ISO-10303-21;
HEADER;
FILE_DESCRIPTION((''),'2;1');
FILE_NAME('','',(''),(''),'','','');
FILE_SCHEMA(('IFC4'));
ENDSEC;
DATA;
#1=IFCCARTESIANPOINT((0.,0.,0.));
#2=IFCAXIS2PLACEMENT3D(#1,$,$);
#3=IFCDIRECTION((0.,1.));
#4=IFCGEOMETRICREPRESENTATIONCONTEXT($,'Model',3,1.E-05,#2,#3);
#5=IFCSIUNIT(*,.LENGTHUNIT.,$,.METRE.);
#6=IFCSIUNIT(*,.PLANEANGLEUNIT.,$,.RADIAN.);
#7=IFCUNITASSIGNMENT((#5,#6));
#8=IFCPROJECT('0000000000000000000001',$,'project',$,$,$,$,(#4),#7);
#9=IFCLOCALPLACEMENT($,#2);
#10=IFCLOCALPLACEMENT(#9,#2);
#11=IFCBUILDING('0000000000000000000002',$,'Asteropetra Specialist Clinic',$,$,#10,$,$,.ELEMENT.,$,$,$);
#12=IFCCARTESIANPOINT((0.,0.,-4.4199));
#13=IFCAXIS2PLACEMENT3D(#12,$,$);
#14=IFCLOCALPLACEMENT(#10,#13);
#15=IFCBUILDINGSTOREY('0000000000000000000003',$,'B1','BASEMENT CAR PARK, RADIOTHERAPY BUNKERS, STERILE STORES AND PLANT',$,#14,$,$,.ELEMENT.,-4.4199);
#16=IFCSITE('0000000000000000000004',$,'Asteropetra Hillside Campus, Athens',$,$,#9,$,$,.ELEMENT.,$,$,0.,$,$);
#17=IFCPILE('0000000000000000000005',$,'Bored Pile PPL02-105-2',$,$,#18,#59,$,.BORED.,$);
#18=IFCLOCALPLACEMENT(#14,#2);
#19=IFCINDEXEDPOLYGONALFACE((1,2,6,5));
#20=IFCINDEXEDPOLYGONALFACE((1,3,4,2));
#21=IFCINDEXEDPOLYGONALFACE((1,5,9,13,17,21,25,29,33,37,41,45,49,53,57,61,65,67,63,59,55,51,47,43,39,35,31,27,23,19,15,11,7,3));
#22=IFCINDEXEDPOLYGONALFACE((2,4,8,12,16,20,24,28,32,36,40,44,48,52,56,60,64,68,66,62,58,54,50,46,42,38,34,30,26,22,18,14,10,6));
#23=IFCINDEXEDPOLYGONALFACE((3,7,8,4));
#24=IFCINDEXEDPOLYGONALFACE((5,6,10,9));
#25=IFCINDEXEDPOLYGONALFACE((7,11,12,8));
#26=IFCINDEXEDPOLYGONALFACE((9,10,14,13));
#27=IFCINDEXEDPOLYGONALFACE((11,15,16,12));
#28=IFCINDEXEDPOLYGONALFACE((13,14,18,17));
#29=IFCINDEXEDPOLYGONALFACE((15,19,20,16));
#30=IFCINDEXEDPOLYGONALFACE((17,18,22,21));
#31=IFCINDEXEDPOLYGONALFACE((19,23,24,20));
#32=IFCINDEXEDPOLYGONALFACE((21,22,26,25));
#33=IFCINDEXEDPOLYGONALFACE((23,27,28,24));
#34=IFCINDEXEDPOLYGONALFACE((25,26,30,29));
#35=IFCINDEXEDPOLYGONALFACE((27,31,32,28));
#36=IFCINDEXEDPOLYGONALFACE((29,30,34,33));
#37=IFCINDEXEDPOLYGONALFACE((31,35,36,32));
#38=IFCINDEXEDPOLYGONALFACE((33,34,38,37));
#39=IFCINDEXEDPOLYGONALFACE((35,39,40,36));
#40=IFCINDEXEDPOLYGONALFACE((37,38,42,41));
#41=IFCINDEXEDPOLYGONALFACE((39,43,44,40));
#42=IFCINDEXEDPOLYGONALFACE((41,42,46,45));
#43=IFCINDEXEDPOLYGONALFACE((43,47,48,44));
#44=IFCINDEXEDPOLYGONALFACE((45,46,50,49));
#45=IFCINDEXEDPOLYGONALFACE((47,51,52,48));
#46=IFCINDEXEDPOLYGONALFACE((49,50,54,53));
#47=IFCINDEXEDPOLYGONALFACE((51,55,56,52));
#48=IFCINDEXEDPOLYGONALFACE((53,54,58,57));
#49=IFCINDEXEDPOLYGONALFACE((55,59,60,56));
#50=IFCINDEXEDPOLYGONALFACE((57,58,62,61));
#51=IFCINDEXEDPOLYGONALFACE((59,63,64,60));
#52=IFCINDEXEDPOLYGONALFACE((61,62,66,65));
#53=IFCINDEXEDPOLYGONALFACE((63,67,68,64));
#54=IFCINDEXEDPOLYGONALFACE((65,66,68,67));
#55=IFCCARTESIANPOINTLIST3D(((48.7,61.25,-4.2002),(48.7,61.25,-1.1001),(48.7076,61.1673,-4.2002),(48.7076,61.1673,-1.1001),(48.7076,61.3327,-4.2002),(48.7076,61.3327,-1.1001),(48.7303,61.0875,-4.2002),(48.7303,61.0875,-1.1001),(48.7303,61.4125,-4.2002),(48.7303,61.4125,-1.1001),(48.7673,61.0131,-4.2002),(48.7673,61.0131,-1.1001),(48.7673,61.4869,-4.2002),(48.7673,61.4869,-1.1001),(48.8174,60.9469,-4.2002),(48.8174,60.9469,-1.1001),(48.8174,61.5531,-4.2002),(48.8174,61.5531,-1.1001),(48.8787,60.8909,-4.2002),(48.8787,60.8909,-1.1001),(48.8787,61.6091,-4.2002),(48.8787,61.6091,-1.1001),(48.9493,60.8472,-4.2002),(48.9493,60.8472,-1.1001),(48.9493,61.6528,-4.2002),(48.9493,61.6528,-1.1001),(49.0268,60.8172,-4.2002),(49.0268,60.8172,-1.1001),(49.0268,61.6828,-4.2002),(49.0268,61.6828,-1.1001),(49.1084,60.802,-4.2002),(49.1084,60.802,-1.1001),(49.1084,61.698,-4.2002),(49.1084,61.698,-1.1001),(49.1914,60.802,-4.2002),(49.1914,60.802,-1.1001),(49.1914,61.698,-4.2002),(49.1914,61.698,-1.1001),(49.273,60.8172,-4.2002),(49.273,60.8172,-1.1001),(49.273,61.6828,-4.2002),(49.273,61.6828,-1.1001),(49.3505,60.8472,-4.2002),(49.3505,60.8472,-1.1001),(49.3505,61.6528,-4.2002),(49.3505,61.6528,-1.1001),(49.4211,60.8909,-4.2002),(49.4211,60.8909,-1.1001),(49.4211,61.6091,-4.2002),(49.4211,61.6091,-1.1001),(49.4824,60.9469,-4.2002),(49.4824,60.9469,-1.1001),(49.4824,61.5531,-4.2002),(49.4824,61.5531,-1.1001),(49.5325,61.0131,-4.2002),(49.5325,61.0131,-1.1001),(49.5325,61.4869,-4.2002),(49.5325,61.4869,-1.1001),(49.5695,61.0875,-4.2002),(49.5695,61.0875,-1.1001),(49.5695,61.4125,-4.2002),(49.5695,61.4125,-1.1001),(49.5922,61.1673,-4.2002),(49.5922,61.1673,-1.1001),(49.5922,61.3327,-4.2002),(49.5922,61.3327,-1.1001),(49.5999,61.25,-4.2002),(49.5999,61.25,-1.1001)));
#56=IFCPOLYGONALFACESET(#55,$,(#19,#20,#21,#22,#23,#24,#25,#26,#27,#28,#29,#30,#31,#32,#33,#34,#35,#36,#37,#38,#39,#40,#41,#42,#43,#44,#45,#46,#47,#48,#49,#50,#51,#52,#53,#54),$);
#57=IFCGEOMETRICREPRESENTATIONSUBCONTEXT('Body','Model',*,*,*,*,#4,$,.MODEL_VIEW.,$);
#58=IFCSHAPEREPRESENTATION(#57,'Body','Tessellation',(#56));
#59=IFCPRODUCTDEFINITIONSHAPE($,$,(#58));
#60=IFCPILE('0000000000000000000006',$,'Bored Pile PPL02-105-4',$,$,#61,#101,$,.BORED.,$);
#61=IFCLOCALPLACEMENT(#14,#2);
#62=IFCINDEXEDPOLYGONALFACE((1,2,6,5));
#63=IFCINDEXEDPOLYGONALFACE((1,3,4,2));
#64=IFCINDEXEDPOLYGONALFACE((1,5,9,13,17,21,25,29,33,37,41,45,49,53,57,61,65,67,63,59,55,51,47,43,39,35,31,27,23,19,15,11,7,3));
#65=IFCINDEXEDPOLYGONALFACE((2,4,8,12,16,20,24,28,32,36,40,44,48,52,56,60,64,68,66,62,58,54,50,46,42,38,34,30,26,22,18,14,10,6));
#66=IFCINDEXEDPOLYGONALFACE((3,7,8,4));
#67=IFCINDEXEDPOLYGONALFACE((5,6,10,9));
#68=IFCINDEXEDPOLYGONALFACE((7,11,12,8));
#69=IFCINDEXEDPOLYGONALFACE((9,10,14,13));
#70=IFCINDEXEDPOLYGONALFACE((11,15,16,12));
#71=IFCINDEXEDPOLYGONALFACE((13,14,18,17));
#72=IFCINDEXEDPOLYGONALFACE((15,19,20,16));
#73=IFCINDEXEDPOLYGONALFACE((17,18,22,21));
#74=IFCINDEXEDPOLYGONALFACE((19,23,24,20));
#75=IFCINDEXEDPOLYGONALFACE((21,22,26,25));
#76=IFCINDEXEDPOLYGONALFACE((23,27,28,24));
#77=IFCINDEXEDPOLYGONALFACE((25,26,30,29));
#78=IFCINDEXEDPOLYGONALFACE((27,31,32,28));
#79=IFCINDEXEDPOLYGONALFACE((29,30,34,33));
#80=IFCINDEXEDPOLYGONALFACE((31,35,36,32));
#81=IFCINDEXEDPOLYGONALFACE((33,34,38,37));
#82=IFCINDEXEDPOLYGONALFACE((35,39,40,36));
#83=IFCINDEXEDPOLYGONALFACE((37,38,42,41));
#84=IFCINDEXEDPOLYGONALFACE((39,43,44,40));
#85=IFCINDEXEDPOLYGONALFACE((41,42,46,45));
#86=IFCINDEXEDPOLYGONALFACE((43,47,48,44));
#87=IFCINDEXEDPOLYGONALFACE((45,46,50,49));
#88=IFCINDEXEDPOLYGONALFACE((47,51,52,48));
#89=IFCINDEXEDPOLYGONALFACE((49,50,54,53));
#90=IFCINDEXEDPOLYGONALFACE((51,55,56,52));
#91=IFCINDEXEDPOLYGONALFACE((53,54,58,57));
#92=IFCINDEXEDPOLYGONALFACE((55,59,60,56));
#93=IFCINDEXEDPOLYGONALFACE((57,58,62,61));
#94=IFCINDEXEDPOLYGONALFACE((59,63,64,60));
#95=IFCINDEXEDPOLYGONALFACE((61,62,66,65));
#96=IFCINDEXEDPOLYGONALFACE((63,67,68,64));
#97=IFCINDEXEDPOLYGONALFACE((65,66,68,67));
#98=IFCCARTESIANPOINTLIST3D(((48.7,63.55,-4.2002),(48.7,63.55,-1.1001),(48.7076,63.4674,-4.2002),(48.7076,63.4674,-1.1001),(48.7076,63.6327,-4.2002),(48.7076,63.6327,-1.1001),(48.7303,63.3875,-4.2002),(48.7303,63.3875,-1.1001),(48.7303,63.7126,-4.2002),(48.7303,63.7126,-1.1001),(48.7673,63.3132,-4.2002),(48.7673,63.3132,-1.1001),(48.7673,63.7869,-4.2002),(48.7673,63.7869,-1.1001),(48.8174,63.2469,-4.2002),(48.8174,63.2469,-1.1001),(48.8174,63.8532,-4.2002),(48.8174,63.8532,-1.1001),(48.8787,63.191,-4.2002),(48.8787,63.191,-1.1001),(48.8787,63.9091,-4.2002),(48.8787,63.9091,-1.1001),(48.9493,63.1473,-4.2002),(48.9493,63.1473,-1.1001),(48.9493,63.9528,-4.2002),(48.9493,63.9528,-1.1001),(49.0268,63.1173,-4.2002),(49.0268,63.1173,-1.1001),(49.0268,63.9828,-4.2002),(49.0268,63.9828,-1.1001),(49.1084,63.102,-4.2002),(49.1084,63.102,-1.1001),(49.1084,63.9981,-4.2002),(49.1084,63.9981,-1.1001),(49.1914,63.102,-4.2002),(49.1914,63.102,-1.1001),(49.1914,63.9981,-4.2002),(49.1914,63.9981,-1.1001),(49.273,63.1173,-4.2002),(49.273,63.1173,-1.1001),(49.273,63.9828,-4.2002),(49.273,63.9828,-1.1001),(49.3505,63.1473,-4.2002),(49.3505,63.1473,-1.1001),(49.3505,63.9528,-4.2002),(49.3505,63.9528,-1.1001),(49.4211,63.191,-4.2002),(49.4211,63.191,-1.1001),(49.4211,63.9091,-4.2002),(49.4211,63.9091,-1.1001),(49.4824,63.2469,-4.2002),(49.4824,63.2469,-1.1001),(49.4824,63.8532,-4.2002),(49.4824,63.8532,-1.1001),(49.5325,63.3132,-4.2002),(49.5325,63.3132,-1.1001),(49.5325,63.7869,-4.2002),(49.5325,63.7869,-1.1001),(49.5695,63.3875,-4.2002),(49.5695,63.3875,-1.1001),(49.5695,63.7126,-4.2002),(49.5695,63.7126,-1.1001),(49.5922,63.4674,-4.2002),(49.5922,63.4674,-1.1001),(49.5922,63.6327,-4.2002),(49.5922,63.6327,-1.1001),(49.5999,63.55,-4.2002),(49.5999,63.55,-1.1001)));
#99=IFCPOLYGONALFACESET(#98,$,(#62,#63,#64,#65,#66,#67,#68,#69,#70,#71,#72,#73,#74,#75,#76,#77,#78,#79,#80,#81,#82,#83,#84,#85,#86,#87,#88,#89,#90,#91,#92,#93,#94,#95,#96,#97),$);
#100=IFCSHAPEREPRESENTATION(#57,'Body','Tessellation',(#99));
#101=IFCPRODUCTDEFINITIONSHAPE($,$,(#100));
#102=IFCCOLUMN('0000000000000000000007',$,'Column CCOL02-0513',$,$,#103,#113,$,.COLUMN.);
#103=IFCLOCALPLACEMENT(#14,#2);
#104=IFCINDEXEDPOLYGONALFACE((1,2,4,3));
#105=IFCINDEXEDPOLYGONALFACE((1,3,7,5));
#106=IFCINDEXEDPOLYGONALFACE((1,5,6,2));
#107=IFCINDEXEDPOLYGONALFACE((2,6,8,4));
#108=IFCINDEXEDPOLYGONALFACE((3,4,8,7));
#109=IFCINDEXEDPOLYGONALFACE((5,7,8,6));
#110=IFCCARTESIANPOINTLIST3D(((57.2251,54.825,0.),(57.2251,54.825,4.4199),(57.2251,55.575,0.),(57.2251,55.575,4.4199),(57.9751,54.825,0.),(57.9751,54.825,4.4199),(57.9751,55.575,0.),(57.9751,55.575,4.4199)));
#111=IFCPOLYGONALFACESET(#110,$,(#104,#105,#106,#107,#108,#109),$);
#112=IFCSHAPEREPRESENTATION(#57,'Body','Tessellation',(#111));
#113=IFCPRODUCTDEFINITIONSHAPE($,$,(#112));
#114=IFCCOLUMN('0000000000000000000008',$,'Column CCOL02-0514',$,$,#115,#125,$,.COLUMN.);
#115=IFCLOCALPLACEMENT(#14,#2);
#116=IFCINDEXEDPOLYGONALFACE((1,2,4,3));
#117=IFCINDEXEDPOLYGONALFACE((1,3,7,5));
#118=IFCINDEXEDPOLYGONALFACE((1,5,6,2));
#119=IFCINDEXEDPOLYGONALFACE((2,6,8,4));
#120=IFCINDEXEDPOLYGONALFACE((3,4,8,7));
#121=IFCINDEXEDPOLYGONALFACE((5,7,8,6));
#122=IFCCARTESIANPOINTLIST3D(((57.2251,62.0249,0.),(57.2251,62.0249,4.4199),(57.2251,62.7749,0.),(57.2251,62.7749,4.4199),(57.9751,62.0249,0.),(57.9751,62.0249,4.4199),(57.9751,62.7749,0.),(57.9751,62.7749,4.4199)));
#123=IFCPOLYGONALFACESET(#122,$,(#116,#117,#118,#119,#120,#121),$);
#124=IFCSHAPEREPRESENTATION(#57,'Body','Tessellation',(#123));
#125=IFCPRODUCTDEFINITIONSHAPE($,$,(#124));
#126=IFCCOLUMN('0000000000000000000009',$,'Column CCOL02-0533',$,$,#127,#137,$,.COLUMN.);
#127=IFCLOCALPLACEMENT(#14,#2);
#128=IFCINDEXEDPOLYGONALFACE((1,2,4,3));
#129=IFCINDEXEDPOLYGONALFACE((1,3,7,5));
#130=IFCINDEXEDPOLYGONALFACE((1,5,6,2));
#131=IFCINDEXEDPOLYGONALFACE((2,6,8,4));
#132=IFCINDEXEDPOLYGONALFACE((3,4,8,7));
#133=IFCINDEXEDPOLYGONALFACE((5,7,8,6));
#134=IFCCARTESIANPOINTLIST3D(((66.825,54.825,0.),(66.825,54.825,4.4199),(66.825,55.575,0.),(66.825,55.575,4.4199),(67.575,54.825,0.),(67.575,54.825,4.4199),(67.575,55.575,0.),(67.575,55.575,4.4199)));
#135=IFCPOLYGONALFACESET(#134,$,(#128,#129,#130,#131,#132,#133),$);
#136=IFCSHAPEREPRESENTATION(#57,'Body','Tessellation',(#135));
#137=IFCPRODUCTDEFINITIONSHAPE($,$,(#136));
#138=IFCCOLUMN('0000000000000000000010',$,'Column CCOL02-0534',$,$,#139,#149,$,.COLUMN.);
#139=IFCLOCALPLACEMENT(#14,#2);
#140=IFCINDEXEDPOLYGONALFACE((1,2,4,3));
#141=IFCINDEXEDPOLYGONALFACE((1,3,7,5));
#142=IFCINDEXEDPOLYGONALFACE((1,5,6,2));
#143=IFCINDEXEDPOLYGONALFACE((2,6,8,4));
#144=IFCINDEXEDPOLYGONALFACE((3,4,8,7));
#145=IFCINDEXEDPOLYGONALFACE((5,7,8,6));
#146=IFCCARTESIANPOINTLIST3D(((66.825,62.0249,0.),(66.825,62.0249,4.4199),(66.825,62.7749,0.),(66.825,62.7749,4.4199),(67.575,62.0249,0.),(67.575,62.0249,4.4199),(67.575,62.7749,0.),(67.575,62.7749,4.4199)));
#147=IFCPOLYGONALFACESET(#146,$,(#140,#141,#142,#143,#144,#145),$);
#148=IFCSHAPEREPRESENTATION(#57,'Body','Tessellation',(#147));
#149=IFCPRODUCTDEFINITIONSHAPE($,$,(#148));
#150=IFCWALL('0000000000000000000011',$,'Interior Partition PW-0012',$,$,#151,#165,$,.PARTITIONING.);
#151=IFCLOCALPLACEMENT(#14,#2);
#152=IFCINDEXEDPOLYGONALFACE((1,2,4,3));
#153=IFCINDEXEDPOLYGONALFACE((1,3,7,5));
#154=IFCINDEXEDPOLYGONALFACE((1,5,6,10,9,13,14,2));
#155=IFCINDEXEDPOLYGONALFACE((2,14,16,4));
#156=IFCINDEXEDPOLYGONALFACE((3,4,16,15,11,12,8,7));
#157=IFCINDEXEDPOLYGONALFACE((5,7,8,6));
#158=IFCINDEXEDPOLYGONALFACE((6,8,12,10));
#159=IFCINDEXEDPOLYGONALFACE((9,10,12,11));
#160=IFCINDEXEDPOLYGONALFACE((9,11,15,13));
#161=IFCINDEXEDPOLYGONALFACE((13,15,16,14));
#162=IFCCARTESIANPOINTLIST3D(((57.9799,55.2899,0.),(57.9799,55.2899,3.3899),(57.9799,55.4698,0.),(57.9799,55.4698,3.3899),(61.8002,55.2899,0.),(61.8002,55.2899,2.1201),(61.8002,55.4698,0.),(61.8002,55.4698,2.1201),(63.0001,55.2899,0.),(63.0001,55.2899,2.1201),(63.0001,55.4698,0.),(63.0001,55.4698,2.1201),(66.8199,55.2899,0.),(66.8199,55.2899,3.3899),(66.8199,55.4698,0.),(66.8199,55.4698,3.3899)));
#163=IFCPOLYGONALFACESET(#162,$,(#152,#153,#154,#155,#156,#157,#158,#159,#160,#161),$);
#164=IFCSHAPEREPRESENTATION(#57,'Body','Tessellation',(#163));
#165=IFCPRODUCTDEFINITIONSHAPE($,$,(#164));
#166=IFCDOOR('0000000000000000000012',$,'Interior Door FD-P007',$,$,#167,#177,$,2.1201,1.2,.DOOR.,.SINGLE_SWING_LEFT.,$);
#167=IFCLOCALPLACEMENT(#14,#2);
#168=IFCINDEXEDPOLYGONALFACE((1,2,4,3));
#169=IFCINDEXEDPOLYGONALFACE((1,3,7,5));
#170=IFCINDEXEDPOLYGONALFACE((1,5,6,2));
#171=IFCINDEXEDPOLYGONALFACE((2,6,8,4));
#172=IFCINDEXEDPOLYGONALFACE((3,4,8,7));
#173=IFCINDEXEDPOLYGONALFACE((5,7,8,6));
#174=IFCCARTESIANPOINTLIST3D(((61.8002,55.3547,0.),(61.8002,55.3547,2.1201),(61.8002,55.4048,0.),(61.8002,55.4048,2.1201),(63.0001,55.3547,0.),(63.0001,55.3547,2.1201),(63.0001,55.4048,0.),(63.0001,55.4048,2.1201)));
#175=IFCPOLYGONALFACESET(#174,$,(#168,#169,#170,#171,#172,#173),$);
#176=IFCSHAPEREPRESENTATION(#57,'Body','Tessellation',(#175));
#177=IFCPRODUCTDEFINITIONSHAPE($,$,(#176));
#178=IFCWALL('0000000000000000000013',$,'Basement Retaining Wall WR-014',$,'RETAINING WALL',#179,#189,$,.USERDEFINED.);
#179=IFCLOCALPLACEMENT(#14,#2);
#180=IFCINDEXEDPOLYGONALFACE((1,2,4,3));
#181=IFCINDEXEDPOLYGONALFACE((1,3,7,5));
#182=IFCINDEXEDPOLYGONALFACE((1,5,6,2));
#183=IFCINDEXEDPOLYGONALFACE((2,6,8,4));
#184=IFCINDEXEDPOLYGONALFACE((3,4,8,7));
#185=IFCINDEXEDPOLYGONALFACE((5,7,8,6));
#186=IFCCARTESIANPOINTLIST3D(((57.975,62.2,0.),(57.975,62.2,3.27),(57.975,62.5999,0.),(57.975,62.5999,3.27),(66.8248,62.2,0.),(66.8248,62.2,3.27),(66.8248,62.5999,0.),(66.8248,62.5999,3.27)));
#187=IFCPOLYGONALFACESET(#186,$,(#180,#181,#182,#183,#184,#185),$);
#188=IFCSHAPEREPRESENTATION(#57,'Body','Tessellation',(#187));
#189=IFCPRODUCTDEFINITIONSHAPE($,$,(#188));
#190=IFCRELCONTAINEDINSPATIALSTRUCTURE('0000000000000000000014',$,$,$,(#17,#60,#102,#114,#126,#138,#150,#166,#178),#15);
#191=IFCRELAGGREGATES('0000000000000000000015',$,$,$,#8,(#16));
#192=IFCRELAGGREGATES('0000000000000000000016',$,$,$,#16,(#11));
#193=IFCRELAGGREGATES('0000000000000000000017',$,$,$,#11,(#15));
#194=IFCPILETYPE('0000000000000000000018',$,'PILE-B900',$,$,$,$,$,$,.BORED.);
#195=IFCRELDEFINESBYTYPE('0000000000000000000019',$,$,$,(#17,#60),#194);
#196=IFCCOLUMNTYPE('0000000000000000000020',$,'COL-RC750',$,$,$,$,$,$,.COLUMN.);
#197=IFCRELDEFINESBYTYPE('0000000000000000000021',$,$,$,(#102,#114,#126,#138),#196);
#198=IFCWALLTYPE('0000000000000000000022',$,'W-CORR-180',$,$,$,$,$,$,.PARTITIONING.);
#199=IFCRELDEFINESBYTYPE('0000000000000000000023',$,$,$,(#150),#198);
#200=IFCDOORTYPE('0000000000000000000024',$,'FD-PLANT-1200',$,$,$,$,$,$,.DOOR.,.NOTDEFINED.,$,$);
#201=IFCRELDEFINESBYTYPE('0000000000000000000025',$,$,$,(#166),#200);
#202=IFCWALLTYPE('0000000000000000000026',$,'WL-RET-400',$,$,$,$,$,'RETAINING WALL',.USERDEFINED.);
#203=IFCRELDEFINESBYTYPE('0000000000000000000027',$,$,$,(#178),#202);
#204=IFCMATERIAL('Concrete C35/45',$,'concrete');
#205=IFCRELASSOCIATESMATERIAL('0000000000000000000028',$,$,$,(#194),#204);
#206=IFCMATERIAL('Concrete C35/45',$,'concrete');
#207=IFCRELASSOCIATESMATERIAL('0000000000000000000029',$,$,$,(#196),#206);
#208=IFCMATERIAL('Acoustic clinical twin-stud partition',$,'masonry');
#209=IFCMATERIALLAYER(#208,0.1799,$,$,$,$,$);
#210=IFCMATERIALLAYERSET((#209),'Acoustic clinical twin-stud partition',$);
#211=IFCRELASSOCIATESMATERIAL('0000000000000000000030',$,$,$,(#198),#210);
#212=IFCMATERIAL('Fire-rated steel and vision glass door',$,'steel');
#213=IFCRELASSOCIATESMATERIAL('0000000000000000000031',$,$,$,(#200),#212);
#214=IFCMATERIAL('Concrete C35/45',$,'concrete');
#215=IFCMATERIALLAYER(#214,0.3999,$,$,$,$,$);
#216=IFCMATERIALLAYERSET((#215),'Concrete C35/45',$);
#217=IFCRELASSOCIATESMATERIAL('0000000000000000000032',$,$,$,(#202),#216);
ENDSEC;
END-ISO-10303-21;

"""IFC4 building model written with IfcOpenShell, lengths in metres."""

from ifc_helpers import new_model, si_unit, direction, frame, frame_2d, origin, origin_2d, place, context, subcontext, project, spatial, rectangle, circle, extrude, material, layer, layer_set, material_profile, profile_set, type_object, element, fill, save


model = new_model("IFC4")

# Units and contexts
model_context = context("Model", 3, precision=1e-05, world=origin(), true_north=direction((0.0, 1.0)))
body_context = subcontext(model_context, "Body", "Model", "MODEL_VIEW")
ifc_project = project(units=[si_unit("LENGTHUNIT", "METRE"), si_unit("PLANEANGLEUNIT", "RADIAN")], contexts=[model_context])

# Site, building, storey
site_placement = place(None, origin())
site = spatial("IfcSite", under=ifc_project, at=site_placement, Name="Asteropetra Hillside Campus, Athens", CompositionType="ELEMENT", RefElevation=0.0)
building_placement = place(site_placement, origin())
building = spatial("IfcBuilding", under=site, at=building_placement, Name="Asteropetra Specialist Clinic", CompositionType="ELEMENT")
storey_placement = place(building_placement, frame((0.0, 0.0, -4.4199)))
storey = spatial("IfcBuildingStorey", under=building, at=storey_placement, Name="B1", Description="BASEMENT CAR PARK, RADIOTHERAPY BUNKERS, STERILE STORES AND PLANT", CompositionType="ELEMENT", Elevation=-4.4199)

# Piles
ifc_material_1 = material(Name="Concrete C35/45", Category="concrete")
ifc_material_profile_1 = material_profile(ifc_material_1, circle(Radius=0.45, at=origin_2d()), Name="PILE D900")
ifc_profile_set_1 = profile_set([ifc_material_profile_1], Name="Concrete C35/45")
pile_type_1 = type_object("IfcPileType", Name="PILE-B900", PredefinedType="BORED", material=ifc_profile_set_1)
for number, where, z_axis, x_axis, name in (
    (1, (49.1499, 61.25, -1.1001), (0.0, 0.0, -1.0), (1.0, 0.0, 0.0), "Bored Pile PPL02-105-2"),
    (2, (49.1499, 63.55, -1.1001), (0.0, 0.0, -1.0), (1.0, 0.0, 0.0), "Bored Pile PPL02-105-4"),
):
    element("IfcPile", number, at=place(storey_placement, frame(where, z_axis=z_axis, x_axis=x_axis)), inside=storey, type_object=pile_type_1, Name=name, PredefinedType="BORED", context=body_context, shape_type="SweptSolid", body=[
        extrude(circle(Radius=0.45, at=origin_2d()), origin(), (0.0, 0.0, 1.0), 3.1001),
    ])

# Columns
ifc_material_2 = material(Name="Concrete C35/45", Category="concrete")
ifc_material_profile_2 = material_profile(ifc_material_2, rectangle(XDim=0.75, YDim=0.75, at=origin_2d()), Name="RC 750x750")
ifc_profile_set_2 = profile_set([ifc_material_profile_2], Name="Concrete C35/45")
column_type = type_object("IfcColumnType", Name="COL-RC750", PredefinedType="COLUMN", material=ifc_profile_set_2)
for number, where, z_axis, x_axis, name in (
    (3, (57.6001, 55.2, 0.0), (0.0, 0.0, 1.0), (1.0, 0.0, 0.0), "Column CCOL02-0513"),
    (4, (57.6001, 62.3999, 0.0), (0.0, 0.0, 1.0), (1.0, 0.0, 0.0), "Column CCOL02-0514"),
    (5, (67.2, 55.2, 0.0), (0.0, 0.0, 1.0), (1.0, 0.0, 0.0), "Column CCOL02-0533"),
    (6, (67.2, 62.3999, 0.0), (0.0, 0.0, 1.0), (1.0, 0.0, 0.0), "Column CCOL02-0534"),
):
    element("IfcColumn", number, at=place(storey_placement, frame(where, z_axis=z_axis, x_axis=x_axis)), inside=storey, type_object=column_type, Name=name, PredefinedType="COLUMN", context=body_context, shape_type="SweptSolid", body=[
        extrude(rectangle(XDim=0.75, YDim=0.75, at=origin_2d()), origin(), (0.0, 0.0, 1.0), 4.4199),
    ])

# Wall, opening, door
ifc_material_3 = material(Name="Acoustic clinical twin-stud partition", Category="masonry")
ifc_layer_1 = layer(ifc_material_3, 0.1799)
ifc_layer_set_1 = layer_set([ifc_layer_1], Name="Acoustic clinical twin-stud partition")
wall_type_1 = type_object("IfcWallType", Name="W-CORR-180", PredefinedType="PARTITIONING", material=ifc_layer_set_1)
wall_1_placement = place(storey_placement, frame((57.98, 55.3799, 0.0), z_axis=(0.0, 0.0, 1.0), x_axis=(1.0, 0.0, 0.0)))
wall_1 = element("IfcWall", 7, at=wall_1_placement, inside=storey, type_object=wall_type_1, Name="Interior Partition PW-0012", PredefinedType="PARTITIONING", context=body_context, shape_type="SweptSolid", body=[
    extrude(rectangle(XDim=8.8401, YDim=0.1799, at=frame_2d((4.4199, 0.0))), origin(), (0.0, 0.0, 1.0), 3.3899),
])
opening_placement = place(wall_1_placement, frame((3.8201, 0.0, 0.0)))
opening = element("IfcOpeningElement", 8, at=opening_placement, cuts=wall_1, PredefinedType="OPENING", context=body_context, shape_type="SweptSolid", body=[
    extrude(rectangle(XDim=1.2, YDim=2.1201, at=frame_2d((0.6001, 1.0601))), frame((0.0, 0.0999, 0.0), z_axis=(0.0, -1.0, 0.0), x_axis=(1.0, 0.0, 0.0)), (0.0, 0.0, 1.0), 0.2),
])
ifc_material_4 = material(Name="Fire-rated steel and vision glass door", Category="steel")
door_type = type_object("IfcDoorType", Name="FD-PLANT-1200", OperationType="NOTDEFINED", PredefinedType="DOOR", material=ifc_material_4)
door_placement = place(opening_placement, origin())
door = element("IfcDoor", 9, at=door_placement, inside=storey, type_object=door_type, Name="Interior Door FD-P007", OperationType="SINGLE_SWING_LEFT", OverallHeight=2.1201, OverallWidth=1.2, PredefinedType="DOOR", context=body_context, shape_type="SweptSolid", body=[
    extrude(rectangle(XDim=1.2, YDim=2.1201, at=frame_2d((0.6001, 1.0601))), frame((0.0, 0.0249, 0.0), z_axis=(0.0, -1.0, 0.0), x_axis=(1.0, 0.0, 0.0)), (0.0, 0.0, 1.0), 0.05),
])
fill(opening, door)

# Wall
ifc_material_5 = material(Name="Concrete C35/45", Category="concrete")
ifc_layer_2 = layer(ifc_material_5, 0.3999)
ifc_layer_set_2 = layer_set([ifc_layer_2], Name="Concrete C35/45")
wall_type_2 = type_object("IfcWallType", Name="WL-RET-400", ElementType="RETAINING WALL", PredefinedType="USERDEFINED", material=ifc_layer_set_2)
wall_2_placement = place(storey_placement, frame((57.9751, 62.3999, 0.0), z_axis=(0.0, 0.0, 1.0), x_axis=(1.0, 0.0, 0.0)))
element("IfcWall", 10, at=wall_2_placement, inside=storey, type_object=wall_type_2, Name="Basement Retaining Wall WR-014", ObjectType="RETAINING WALL", PredefinedType="USERDEFINED", context=body_context, shape_type="SweptSolid", body=[
    extrude(rectangle(XDim=8.8499, YDim=0.3999, at=frame_2d((4.4248, 0.0))), origin(), (0.0, 0.0, 1.0), 3.27),
])

save(model, "model.ifc")
